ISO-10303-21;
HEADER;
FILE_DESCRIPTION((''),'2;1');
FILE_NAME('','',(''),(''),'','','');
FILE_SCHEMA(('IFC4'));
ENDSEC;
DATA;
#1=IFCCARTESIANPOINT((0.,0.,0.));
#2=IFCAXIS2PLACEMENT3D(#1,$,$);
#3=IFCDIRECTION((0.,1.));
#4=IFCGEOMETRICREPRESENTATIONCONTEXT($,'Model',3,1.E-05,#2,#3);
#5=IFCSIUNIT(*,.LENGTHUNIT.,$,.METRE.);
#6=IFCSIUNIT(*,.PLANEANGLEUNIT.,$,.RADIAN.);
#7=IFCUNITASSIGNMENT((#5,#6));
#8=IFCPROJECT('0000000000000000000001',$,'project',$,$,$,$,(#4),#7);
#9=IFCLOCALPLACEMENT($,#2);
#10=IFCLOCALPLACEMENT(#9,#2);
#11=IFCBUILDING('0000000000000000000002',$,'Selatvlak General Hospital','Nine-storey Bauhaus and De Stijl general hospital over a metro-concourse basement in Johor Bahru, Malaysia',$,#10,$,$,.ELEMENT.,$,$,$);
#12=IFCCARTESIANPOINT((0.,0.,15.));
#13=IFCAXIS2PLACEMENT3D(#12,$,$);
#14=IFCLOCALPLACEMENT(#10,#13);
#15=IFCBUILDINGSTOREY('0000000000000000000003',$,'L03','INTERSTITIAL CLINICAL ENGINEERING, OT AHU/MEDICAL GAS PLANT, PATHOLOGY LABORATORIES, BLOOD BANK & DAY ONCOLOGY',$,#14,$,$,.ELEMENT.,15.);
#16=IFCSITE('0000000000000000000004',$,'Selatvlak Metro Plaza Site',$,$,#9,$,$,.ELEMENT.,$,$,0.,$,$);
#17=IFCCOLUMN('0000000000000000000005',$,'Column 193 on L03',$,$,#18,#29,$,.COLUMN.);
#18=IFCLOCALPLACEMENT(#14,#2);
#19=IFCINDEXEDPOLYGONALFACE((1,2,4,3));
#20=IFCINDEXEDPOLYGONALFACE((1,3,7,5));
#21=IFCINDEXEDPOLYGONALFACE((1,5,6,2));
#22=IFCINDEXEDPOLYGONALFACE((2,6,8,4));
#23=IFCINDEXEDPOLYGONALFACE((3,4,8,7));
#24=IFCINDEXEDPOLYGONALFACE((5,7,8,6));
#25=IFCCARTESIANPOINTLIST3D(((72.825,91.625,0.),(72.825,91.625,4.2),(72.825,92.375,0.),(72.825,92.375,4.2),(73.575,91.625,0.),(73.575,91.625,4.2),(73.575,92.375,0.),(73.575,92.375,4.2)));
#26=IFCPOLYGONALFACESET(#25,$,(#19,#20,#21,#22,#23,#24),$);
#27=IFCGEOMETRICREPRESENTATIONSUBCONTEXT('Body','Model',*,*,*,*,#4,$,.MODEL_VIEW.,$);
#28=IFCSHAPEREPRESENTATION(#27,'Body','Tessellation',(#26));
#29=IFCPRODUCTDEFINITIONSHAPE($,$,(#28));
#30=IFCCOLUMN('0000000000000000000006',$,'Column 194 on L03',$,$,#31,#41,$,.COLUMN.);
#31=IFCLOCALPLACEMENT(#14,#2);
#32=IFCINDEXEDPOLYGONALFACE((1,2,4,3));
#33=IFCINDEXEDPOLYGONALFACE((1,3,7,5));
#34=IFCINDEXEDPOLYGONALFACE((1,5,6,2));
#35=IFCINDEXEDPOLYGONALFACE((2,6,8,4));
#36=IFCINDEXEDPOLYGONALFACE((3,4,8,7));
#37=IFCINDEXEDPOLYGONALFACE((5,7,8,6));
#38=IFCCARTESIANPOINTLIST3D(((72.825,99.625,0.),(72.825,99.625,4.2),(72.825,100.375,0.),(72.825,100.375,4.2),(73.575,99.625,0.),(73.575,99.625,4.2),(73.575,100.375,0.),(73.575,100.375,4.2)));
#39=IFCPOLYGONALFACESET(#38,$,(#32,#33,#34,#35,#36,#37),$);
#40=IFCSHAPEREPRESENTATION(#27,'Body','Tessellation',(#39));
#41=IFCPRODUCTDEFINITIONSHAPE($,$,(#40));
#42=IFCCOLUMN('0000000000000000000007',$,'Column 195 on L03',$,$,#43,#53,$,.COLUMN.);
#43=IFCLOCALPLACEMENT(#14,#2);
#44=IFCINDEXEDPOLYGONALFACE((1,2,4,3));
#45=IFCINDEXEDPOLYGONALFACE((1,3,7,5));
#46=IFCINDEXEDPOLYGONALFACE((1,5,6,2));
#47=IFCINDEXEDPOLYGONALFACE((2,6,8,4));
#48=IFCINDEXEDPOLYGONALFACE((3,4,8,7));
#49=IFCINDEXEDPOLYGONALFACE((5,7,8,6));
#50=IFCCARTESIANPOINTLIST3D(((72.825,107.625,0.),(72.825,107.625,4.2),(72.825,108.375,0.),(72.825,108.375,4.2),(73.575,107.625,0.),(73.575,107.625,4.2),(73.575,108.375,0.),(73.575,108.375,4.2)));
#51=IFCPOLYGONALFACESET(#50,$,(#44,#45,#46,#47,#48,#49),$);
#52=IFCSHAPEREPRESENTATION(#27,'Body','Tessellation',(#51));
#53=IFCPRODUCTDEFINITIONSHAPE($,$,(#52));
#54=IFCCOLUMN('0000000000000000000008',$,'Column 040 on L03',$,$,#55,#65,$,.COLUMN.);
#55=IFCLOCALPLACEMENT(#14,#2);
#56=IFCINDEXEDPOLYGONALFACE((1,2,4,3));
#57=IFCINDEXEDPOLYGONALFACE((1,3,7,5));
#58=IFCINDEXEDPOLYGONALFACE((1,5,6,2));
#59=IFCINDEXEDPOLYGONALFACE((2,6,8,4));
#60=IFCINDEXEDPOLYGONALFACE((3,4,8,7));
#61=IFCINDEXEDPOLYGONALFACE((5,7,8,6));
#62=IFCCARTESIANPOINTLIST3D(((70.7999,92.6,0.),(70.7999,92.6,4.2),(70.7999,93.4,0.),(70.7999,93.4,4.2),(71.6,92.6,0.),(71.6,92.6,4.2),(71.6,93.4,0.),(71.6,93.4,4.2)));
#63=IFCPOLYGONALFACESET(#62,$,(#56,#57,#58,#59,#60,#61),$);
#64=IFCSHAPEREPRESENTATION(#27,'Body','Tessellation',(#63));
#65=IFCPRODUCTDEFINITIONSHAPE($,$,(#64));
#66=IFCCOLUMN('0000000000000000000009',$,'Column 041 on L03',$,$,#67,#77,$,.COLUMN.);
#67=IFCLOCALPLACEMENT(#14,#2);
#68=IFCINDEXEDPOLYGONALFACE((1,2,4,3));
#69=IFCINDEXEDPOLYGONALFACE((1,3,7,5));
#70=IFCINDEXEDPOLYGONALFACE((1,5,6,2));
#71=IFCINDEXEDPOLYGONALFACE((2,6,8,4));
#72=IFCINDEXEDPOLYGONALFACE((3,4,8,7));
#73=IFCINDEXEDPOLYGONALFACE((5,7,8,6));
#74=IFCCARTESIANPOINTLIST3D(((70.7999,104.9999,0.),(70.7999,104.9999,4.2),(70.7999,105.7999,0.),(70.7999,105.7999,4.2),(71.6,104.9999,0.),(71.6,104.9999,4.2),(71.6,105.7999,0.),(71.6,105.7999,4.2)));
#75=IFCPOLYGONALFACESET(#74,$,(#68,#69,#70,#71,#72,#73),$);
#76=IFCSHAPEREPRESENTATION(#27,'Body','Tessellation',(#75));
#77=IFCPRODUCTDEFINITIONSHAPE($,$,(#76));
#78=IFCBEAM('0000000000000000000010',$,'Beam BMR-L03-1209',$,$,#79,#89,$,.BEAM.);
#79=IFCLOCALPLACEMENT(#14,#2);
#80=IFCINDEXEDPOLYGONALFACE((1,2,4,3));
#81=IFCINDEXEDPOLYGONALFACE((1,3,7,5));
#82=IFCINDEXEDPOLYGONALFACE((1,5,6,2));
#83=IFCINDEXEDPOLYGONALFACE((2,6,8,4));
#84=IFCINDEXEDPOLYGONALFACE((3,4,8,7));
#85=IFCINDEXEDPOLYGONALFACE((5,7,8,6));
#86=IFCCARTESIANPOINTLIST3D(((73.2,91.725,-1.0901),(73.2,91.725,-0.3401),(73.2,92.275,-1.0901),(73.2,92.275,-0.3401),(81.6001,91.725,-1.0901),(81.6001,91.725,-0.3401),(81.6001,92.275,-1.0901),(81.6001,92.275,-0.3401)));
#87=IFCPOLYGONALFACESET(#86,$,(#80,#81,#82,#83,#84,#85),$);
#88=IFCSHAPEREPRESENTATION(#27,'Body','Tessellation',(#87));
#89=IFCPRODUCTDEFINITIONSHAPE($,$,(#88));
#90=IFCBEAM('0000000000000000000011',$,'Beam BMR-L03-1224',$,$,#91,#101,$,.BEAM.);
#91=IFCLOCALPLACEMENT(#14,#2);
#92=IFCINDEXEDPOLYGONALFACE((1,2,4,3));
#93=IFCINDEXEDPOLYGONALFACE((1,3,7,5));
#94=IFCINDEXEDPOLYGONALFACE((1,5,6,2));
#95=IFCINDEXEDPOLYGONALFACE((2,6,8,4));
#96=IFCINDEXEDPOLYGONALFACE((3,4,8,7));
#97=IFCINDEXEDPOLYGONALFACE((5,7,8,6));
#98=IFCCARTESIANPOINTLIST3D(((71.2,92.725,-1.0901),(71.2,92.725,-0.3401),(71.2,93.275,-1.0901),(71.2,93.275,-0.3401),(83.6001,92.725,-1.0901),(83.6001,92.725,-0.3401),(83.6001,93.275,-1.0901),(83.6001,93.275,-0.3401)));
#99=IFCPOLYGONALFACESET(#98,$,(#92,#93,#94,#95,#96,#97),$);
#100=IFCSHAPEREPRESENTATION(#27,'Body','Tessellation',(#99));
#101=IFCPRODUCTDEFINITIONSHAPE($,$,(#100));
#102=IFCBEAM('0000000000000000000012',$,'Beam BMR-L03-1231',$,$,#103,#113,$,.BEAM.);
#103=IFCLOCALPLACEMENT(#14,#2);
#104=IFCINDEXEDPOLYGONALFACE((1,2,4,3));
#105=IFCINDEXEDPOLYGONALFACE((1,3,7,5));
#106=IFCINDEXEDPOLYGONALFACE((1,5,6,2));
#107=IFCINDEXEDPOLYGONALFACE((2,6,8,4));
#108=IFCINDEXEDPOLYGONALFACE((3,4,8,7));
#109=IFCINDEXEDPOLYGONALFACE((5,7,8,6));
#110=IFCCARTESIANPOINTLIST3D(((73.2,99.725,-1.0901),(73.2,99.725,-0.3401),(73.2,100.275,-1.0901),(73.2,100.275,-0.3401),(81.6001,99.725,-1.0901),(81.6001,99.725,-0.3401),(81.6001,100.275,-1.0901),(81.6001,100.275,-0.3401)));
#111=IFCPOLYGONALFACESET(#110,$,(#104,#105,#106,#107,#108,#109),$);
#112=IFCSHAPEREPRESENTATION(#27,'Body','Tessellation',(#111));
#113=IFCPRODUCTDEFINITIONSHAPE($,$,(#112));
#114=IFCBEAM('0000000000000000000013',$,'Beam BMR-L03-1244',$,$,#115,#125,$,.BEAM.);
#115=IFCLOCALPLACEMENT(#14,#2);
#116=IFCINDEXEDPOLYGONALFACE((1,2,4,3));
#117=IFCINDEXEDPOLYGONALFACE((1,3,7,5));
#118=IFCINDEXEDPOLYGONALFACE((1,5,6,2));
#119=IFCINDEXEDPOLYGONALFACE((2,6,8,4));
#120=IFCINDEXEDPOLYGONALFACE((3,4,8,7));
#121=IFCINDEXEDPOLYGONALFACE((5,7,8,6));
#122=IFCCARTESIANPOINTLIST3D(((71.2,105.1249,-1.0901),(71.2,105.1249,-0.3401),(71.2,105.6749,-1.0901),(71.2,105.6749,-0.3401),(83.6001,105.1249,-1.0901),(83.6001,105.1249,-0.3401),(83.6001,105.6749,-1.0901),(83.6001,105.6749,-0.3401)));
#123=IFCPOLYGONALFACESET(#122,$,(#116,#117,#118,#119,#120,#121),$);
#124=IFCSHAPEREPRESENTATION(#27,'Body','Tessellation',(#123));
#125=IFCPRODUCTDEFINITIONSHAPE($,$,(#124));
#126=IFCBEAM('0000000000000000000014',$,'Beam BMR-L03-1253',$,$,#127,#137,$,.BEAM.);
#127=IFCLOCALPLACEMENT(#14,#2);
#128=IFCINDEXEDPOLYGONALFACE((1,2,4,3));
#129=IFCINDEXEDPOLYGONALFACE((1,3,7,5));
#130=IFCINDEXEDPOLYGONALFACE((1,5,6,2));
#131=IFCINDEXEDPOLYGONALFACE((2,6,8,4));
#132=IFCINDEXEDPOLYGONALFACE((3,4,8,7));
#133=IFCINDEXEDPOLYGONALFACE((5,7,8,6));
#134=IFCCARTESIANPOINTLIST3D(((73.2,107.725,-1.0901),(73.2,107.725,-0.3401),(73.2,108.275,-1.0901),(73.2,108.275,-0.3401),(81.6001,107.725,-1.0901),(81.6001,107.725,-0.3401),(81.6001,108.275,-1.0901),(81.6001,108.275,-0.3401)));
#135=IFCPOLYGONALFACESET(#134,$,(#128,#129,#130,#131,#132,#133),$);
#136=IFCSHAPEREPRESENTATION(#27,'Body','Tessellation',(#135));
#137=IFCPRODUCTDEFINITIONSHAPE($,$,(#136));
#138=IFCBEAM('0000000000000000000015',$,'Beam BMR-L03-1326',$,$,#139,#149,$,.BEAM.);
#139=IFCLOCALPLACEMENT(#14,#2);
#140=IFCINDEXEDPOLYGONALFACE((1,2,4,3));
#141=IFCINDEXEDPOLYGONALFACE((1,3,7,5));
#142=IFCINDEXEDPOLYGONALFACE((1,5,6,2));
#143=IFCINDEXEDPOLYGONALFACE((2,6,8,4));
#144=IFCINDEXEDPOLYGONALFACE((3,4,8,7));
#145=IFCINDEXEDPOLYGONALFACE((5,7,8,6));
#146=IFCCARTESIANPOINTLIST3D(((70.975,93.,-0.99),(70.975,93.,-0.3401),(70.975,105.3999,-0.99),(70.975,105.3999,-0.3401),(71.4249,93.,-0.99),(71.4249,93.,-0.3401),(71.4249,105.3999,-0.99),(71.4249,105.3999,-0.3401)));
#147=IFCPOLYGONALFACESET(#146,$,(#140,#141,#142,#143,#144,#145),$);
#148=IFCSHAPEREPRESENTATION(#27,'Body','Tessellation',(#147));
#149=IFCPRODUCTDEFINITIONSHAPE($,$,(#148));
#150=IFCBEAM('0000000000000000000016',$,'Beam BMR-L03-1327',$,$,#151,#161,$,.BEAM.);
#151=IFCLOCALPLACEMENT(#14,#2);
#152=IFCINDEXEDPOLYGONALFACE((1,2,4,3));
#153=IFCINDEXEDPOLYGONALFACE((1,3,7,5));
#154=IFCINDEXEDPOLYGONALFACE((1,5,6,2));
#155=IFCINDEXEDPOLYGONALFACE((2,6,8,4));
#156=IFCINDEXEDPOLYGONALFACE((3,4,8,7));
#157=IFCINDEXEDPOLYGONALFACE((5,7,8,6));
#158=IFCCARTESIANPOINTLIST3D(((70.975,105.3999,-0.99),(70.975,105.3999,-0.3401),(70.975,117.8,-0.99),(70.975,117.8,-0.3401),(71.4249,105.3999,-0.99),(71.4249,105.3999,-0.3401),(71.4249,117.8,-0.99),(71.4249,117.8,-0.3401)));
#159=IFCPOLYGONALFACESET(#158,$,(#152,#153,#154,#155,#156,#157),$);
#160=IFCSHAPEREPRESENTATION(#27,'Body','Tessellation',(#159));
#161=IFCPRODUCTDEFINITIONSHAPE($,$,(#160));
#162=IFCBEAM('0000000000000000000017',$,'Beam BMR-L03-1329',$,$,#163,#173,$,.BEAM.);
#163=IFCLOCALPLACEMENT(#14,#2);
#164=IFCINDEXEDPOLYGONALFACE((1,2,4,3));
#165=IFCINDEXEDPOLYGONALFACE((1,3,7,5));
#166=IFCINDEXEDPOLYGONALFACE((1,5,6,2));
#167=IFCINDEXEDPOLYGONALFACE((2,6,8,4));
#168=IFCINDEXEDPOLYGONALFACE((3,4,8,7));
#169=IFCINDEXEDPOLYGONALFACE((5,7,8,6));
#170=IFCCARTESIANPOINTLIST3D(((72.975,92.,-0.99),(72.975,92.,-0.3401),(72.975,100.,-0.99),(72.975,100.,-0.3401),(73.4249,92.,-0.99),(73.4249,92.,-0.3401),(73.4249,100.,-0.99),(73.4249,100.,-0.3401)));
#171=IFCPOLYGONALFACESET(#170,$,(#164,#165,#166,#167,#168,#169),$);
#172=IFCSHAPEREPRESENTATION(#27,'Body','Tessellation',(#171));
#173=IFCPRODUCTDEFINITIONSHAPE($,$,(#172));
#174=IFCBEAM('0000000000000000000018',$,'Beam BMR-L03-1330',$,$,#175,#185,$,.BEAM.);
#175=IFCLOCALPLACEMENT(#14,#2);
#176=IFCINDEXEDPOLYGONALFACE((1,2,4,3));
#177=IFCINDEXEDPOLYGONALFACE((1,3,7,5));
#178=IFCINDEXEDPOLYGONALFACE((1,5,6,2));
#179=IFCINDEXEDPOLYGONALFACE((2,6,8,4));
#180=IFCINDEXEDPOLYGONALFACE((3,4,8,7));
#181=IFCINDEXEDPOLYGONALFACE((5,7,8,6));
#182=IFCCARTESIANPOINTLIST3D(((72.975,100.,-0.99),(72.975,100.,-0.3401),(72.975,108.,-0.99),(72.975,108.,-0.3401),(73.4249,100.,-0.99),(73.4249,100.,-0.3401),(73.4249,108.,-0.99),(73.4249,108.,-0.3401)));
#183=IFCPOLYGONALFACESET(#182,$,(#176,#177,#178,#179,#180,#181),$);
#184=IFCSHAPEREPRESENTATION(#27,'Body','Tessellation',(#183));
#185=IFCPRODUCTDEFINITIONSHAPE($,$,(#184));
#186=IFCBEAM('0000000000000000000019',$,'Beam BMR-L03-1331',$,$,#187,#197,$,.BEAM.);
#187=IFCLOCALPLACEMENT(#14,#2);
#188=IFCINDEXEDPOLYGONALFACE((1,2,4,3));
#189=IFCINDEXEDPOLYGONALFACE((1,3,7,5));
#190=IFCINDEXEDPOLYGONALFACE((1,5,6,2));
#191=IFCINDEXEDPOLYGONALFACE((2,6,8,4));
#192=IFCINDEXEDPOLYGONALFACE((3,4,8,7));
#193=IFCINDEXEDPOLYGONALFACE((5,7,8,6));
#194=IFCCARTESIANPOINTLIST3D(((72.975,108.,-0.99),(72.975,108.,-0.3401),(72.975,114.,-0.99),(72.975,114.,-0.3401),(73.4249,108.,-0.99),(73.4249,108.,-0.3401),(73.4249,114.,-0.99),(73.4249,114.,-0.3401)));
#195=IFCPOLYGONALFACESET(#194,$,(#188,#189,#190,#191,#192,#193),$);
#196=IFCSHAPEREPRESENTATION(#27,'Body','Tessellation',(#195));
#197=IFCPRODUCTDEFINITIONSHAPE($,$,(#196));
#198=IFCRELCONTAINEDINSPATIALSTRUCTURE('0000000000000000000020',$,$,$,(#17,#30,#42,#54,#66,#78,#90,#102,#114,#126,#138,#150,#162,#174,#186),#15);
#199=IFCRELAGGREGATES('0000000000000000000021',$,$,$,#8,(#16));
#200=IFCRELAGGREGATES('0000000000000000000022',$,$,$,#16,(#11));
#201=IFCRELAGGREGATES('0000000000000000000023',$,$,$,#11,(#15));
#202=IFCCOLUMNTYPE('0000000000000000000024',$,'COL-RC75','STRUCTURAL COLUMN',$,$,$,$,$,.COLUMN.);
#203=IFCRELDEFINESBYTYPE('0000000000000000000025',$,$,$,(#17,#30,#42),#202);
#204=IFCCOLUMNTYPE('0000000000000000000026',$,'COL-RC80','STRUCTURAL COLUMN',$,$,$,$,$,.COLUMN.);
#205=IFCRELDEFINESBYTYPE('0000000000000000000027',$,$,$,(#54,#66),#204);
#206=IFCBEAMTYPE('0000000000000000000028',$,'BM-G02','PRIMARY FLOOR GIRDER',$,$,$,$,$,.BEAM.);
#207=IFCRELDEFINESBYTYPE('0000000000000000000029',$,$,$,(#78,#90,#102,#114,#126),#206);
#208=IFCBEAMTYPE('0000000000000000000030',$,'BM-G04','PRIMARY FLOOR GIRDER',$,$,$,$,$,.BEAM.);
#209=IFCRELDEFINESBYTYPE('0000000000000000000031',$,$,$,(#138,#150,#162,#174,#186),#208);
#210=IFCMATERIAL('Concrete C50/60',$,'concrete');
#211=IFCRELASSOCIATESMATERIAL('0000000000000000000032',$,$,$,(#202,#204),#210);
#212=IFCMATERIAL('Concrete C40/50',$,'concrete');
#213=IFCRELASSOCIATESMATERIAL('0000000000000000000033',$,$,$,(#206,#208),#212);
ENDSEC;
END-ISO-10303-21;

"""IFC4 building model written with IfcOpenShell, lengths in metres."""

from ifc_helpers import new_model, si_unit, direction, frame, origin, origin_2d, place, context, subcontext, project, spatial, rectangle, extrude, material, material_profile, profile_set, type_object, element, save


model = new_model("IFC4")

# Units and contexts
model_context = context("Model", 3, precision=1e-05, world=origin(), true_north=direction((0.0, 1.0)))
body_context = subcontext(model_context, "Body", "Model", "MODEL_VIEW")
ifc_project = project(units=[si_unit("LENGTHUNIT", "METRE"), si_unit("PLANEANGLEUNIT", "RADIAN")], contexts=[model_context])

# Site, building, storey
site_placement = place(None, origin())
site = spatial("IfcSite", under=ifc_project, at=site_placement, Name="Selatvlak Metro Plaza Site", CompositionType="ELEMENT", RefElevation=0.0)
building_placement = place(site_placement, origin())
building = spatial("IfcBuilding", under=site, at=building_placement, Name="Selatvlak General Hospital", Description="Nine-storey Bauhaus and De Stijl general hospital over a metro-concourse basement in Johor Bahru, Malaysia", CompositionType="ELEMENT")
storey_placement = place(building_placement, frame((0.0, 0.0, 15.0)))
storey = spatial("IfcBuildingStorey", under=building, at=storey_placement, Name="L03", Description="INTERSTITIAL CLINICAL ENGINEERING, OT AHU/MEDICAL GAS PLANT, PATHOLOGY LABORATORIES, BLOOD BANK & DAY ONCOLOGY", CompositionType="ELEMENT", Elevation=15.0)

# Columns
ifc_material_1 = material(Name="Concrete C50/60", Category="concrete")
ifc_material_profile_1 = material_profile(ifc_material_1, rectangle(XDim=0.75, YDim=0.75, at=origin_2d()), Name="RC-COL 750x750")
ifc_profile_set_1 = profile_set([ifc_material_profile_1], Name="Concrete C50/60")
column_type_1 = type_object("IfcColumnType", Name="COL-RC75", Description="STRUCTURAL COLUMN", PredefinedType="COLUMN", material=ifc_profile_set_1)
for number, where, z_axis, x_axis, name in (
    (1, (73.2, 92.0, 0.0), (0.0, 0.0, 1.0), (1.0, 0.0, 0.0), "Column 193 on L03"),
    (2, (73.2, 100.0, 0.0), (0.0, 0.0, 1.0), (1.0, 0.0, 0.0), "Column 194 on L03"),
    (3, (73.2, 108.0, 0.0), (0.0, 0.0, 1.0), (1.0, 0.0, 0.0), "Column 195 on L03"),
):
    element("IfcColumn", number, at=place(storey_placement, frame(where, z_axis=z_axis, x_axis=x_axis)), inside=storey, type_object=column_type_1, Name=name, PredefinedType="COLUMN", context=body_context, shape_type="SweptSolid", body=[
        extrude(rectangle(XDim=0.75, YDim=0.75, at=origin_2d()), origin(), (0.0, 0.0, 1.0), 4.2),
    ])
ifc_material_profile_2 = material_profile(ifc_material_1, rectangle(XDim=0.8, YDim=0.8, at=origin_2d()), Name="RC-COL 800x800")
ifc_profile_set_2 = profile_set([ifc_material_profile_2], Name="Concrete C50/60")
column_type_2 = type_object("IfcColumnType", Name="COL-RC80", Description="STRUCTURAL COLUMN", PredefinedType="COLUMN", material=ifc_profile_set_2)
for number, where, z_axis, x_axis, name in (
    (4, (71.2, 93.0, 0.0), (0.0, 0.0, 1.0), (1.0, 0.0, 0.0), "Column 040 on L03"),
    (5, (71.2, 105.3999, 0.0), (0.0, 0.0, 1.0), (1.0, 0.0, 0.0), "Column 041 on L03"),
):
    element("IfcColumn", number, at=place(storey_placement, frame(where, z_axis=z_axis, x_axis=x_axis)), inside=storey, type_object=column_type_2, Name=name, PredefinedType="COLUMN", context=body_context, shape_type="SweptSolid", body=[
        extrude(rectangle(XDim=0.8, YDim=0.8, at=origin_2d()), origin(), (0.0, 0.0, 1.0), 4.2),
    ])

# Beams
ifc_material_2 = material(Name="Concrete C40/50", Category="concrete")
ifc_material_profile_3 = material_profile(ifc_material_2, rectangle(XDim=0.55, YDim=0.75, at=origin_2d()), Name="RC-BM 550x750")
ifc_profile_set_3 = profile_set([ifc_material_profile_3], Name="Concrete C40/50")
beam_type_1 = type_object("IfcBeamType", Name="BM-G02", Description="PRIMARY FLOOR GIRDER", PredefinedType="BEAM", material=ifc_profile_set_3)
beam_1_placement = place(storey_placement, frame((73.2, 92.0, -0.7151), z_axis=(1.0, 0.0, 0.0), x_axis=(0.0, 1.0, 0.0)))
element("IfcBeam", 6, at=beam_1_placement, inside=storey, type_object=beam_type_1, Name="Beam BMR-L03-1209", PredefinedType="BEAM", context=body_context, shape_type="SweptSolid", body=[
    extrude(rectangle(XDim=0.55, YDim=0.75, at=origin_2d()), origin(), (0.0, 0.0, 1.0), 8.4001),
])
beam_2_placement = place(storey_placement, frame((71.2, 93.0, -0.7151), z_axis=(1.0, 0.0, 0.0), x_axis=(0.0, 1.0, 0.0)))
element("IfcBeam", 7, at=beam_2_placement, inside=storey, type_object=beam_type_1, Name="Beam BMR-L03-1224", PredefinedType="BEAM", context=body_context, shape_type="SweptSolid", body=[
    extrude(rectangle(XDim=0.55, YDim=0.75, at=origin_2d()), origin(), (0.0, 0.0, 1.0), 12.4001),
])
beam_3_placement = place(storey_placement, frame((73.2, 100.0, -0.7151), z_axis=(1.0, 0.0, 0.0), x_axis=(0.0, 1.0, 0.0)))
element("IfcBeam", 8, at=beam_3_placement, inside=storey, type_object=beam_type_1, Name="Beam BMR-L03-1231", PredefinedType="BEAM", context=body_context, shape_type="SweptSolid", body=[
    extrude(rectangle(XDim=0.55, YDim=0.75, at=origin_2d()), origin(), (0.0, 0.0, 1.0), 8.4001),
])
beam_4_placement = place(storey_placement, frame((71.2, 105.3999, -0.7151), z_axis=(1.0, 0.0, 0.0), x_axis=(0.0, 1.0, 0.0)))
element("IfcBeam", 9, at=beam_4_placement, inside=storey, type_object=beam_type_1, Name="Beam BMR-L03-1244", PredefinedType="BEAM", context=body_context, shape_type="SweptSolid", body=[
    extrude(rectangle(XDim=0.55, YDim=0.75, at=origin_2d()), origin(), (0.0, 0.0, 1.0), 12.4001),
])
beam_5_placement = place(storey_placement, frame((73.2, 108.0, -0.7151), z_axis=(1.0, 0.0, 0.0), x_axis=(0.0, 1.0, 0.0)))
element("IfcBeam", 10, at=beam_5_placement, inside=storey, type_object=beam_type_1, Name="Beam BMR-L03-1253", PredefinedType="BEAM", context=body_context, shape_type="SweptSolid", body=[
    extrude(rectangle(XDim=0.55, YDim=0.75, at=origin_2d()), origin(), (0.0, 0.0, 1.0), 8.4001),
])
ifc_material_profile_4 = material_profile(ifc_material_2, rectangle(XDim=0.45, YDim=0.6499, at=origin_2d()), Name="RC-BM 450x650")
ifc_profile_set_4 = profile_set([ifc_material_profile_4], Name="Concrete C40/50")
beam_type_2 = type_object("IfcBeamType", Name="BM-G04", Description="PRIMARY FLOOR GIRDER", PredefinedType="BEAM", material=ifc_profile_set_4)
beam_6_placement = place(storey_placement, frame((71.2, 93.0, -0.665), z_axis=(0.0, 1.0, 0.0), x_axis=(-1.0, 0.0, 0.0)))
element("IfcBeam", 11, at=beam_6_placement, inside=storey, type_object=beam_type_2, Name="Beam BMR-L03-1326", PredefinedType="BEAM", context=body_context, shape_type="SweptSolid", body=[
    extrude(rectangle(XDim=0.45, YDim=0.6499, at=origin_2d()), origin(), (0.0, 0.0, 1.0), 12.3999),
])
beam_7_placement = place(storey_placement, frame((71.2, 105.3999, -0.665), z_axis=(0.0, 1.0, 0.0), x_axis=(-1.0, 0.0, 0.0)))
element("IfcBeam", 12, at=beam_7_placement, inside=storey, type_object=beam_type_2, Name="Beam BMR-L03-1327", PredefinedType="BEAM", context=body_context, shape_type="SweptSolid", body=[
    extrude(rectangle(XDim=0.45, YDim=0.6499, at=origin_2d()), origin(), (0.0, 0.0, 1.0), 12.4001),
])
for number, where, z_axis, x_axis, name in (
    (13, (73.2, 92.0, -0.665), (0.0, 1.0, 0.0), (-1.0, 0.0, 0.0), "Beam BMR-L03-1329"),
    (14, (73.2, 100.0, -0.665), (0.0, 1.0, 0.0), (-1.0, 0.0, 0.0), "Beam BMR-L03-1330"),
):
    element("IfcBeam", number, at=place(storey_placement, frame(where, z_axis=z_axis, x_axis=x_axis)), inside=storey, type_object=beam_type_2, Name=name, PredefinedType="BEAM", context=body_context, shape_type="SweptSolid", body=[
        extrude(rectangle(XDim=0.45, YDim=0.6499, at=origin_2d()), origin(), (0.0, 0.0, 1.0), 8.0),
    ])
beam_8_placement = place(storey_placement, frame((73.2, 108.0, -0.665), z_axis=(0.0, 1.0, 0.0), x_axis=(-1.0, 0.0, 0.0)))
element("IfcBeam", 15, at=beam_8_placement, inside=storey, type_object=beam_type_2, Name="Beam BMR-L03-1331", PredefinedType="BEAM", context=body_context, shape_type="SweptSolid", body=[
    extrude(rectangle(XDim=0.45, YDim=0.6499, at=origin_2d()), origin(), (0.0, 0.0, 1.0), 6.0),
])

save(model, "model.ifc")
